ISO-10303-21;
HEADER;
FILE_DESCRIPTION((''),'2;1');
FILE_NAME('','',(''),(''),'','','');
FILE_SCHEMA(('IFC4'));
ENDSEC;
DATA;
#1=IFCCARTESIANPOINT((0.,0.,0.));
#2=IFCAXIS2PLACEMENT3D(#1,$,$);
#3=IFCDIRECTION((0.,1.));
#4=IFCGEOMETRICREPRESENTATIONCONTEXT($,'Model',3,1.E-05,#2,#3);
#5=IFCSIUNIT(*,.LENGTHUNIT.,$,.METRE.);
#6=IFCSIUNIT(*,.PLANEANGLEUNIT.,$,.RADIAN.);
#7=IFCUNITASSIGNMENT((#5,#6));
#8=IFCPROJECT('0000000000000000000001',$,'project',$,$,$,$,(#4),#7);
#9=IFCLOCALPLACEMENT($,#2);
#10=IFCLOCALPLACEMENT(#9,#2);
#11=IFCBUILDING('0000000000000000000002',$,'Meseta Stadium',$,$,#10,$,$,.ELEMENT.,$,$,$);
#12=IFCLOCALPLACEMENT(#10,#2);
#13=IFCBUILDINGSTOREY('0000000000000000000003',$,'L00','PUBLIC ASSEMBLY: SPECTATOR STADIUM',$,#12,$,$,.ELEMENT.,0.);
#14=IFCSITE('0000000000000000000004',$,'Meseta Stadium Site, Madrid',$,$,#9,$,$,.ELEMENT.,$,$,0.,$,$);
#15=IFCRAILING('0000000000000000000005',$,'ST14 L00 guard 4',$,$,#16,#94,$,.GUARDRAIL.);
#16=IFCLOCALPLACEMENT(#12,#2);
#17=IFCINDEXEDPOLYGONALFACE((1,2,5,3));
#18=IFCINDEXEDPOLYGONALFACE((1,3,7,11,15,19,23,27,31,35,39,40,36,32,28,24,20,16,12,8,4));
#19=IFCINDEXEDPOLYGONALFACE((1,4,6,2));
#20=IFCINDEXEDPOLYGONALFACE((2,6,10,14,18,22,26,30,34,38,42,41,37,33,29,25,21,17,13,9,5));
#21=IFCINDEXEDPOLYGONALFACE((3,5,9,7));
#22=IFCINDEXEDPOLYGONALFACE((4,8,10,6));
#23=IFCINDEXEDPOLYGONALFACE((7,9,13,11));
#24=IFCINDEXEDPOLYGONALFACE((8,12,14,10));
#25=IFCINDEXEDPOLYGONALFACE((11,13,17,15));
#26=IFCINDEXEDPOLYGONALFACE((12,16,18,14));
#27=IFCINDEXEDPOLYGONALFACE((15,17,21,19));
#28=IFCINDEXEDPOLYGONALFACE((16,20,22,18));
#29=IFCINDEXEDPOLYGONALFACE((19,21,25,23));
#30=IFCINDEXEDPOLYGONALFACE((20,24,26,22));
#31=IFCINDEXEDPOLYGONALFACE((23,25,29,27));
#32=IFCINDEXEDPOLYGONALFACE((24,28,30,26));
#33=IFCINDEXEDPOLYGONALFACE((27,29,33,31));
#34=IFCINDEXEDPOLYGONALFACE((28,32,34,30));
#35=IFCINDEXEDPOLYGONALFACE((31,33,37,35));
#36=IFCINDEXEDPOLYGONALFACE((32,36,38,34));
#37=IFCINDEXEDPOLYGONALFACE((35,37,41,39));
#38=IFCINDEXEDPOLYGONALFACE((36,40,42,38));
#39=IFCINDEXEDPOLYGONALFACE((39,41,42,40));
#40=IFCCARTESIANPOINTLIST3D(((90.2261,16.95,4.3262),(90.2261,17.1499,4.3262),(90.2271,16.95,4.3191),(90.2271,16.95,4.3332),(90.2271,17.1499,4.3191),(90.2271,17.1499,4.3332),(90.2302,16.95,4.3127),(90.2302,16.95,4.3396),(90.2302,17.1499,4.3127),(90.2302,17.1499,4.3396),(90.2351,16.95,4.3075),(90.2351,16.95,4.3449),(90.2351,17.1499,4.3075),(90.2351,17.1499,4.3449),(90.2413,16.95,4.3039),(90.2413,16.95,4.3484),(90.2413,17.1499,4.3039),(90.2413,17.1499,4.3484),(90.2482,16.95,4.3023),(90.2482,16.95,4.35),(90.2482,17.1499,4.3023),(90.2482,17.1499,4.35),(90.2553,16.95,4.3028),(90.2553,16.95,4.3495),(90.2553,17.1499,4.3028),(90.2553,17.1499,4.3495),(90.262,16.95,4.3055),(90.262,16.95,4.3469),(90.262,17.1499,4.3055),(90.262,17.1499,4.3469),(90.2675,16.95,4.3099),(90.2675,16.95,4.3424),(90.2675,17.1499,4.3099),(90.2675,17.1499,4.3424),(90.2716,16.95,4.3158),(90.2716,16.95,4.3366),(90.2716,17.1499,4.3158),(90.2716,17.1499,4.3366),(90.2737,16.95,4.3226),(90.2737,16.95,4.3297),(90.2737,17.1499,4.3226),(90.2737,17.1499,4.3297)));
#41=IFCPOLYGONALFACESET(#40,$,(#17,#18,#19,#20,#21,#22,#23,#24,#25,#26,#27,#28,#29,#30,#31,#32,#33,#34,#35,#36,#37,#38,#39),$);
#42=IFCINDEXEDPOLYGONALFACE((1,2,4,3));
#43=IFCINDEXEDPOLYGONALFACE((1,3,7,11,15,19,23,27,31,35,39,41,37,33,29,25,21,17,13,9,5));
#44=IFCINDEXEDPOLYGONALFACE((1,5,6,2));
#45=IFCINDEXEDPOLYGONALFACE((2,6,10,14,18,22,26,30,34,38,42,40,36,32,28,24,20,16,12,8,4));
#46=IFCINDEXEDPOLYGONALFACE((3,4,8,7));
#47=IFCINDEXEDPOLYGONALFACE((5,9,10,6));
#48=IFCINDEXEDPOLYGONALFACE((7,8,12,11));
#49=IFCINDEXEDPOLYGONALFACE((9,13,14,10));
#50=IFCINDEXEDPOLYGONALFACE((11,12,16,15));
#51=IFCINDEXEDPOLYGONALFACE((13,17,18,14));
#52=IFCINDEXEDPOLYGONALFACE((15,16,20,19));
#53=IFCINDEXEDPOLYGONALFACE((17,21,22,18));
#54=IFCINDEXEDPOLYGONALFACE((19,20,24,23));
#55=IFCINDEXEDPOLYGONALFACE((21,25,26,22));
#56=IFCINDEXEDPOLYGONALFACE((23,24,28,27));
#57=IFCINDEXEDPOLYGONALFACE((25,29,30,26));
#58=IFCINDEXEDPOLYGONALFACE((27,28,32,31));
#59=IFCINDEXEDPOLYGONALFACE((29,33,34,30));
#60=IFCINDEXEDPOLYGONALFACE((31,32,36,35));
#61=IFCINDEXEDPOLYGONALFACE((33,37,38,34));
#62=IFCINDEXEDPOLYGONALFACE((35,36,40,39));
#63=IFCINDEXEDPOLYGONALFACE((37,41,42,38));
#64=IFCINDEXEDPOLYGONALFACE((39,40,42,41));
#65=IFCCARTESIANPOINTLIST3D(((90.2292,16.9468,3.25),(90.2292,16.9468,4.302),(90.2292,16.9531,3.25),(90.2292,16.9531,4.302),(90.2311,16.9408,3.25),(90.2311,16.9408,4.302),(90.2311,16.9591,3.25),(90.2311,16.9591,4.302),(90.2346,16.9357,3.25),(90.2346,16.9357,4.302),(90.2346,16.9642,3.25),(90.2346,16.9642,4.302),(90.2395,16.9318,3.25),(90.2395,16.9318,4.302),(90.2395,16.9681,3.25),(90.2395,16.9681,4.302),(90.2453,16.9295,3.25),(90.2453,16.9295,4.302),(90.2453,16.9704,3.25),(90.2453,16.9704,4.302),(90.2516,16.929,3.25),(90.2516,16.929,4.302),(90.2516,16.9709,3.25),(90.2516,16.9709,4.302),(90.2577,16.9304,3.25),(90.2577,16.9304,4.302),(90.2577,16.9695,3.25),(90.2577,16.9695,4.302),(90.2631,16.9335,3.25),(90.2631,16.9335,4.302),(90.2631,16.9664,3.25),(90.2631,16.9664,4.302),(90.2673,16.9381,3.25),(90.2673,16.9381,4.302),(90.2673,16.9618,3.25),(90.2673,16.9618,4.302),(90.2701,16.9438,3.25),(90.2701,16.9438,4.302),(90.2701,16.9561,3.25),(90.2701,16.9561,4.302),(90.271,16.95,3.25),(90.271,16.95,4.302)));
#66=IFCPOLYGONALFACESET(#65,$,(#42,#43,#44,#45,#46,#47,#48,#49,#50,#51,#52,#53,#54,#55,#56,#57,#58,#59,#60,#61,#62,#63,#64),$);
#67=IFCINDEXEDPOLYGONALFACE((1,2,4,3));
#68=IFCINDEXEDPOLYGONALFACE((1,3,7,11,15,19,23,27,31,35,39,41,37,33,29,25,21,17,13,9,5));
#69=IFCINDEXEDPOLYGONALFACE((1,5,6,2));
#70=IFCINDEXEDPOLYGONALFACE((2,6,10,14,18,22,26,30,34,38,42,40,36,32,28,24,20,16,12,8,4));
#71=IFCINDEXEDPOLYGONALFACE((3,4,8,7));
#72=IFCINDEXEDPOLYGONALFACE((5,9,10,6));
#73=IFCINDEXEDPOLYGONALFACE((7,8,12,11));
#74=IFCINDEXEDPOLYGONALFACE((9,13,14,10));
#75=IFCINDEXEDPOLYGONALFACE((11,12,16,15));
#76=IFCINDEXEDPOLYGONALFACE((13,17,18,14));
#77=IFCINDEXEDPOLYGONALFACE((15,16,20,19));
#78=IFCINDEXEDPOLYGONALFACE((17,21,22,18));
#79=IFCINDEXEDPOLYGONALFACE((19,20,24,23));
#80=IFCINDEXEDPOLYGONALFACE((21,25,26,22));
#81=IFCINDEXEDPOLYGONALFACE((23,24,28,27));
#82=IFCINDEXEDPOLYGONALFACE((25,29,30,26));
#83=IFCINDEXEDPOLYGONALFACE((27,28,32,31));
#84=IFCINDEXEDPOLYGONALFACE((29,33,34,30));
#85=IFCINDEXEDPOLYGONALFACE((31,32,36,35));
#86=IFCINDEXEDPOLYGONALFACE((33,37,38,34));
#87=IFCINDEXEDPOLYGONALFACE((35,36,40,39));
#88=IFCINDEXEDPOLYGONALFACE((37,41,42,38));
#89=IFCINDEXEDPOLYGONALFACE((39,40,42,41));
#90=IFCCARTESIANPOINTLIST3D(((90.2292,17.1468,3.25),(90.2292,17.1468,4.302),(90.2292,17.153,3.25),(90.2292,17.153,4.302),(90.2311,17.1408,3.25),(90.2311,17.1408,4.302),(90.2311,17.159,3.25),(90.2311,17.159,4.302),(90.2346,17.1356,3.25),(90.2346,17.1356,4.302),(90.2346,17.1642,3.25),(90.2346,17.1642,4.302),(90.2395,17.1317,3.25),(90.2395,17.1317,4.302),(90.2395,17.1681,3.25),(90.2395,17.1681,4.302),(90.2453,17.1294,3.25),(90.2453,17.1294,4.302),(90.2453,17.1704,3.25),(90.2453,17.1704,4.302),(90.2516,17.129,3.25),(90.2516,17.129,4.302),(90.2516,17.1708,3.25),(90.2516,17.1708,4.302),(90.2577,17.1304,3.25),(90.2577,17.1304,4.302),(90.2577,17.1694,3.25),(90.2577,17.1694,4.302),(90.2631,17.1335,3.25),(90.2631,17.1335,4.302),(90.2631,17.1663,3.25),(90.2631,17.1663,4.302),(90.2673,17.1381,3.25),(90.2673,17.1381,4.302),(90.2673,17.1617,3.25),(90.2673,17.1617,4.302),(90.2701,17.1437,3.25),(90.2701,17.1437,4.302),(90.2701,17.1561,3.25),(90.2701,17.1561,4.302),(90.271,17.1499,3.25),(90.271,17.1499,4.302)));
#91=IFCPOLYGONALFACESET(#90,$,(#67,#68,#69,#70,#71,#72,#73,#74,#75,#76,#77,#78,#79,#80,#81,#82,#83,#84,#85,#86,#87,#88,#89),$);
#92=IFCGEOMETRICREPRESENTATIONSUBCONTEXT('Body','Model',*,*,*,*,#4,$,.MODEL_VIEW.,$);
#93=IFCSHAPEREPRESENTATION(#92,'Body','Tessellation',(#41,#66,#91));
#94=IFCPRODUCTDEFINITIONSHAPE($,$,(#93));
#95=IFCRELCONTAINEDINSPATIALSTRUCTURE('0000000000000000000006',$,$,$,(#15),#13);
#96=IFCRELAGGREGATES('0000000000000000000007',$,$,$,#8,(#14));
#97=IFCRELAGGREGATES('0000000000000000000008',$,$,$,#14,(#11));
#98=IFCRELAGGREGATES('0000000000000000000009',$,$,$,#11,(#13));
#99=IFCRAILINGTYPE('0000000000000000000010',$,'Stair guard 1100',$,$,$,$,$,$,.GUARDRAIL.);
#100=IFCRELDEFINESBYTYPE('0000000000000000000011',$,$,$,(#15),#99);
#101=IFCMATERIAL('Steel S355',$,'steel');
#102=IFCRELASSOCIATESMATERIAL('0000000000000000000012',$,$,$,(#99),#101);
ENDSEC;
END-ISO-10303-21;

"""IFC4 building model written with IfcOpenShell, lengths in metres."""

from ifc_helpers import new_model, si_unit, direction, frame, origin, origin_2d, place, context, subcontext, project, spatial, circle, extrude, material, type_object, element, save


model = new_model("IFC4")

# Units and contexts
model_context = context("Model", 3, precision=1e-05, world=origin(), true_north=direction((0.0, 1.0)))
body_context = subcontext(model_context, "Body", "Model", "MODEL_VIEW")
ifc_project = project(units=[si_unit("LENGTHUNIT", "METRE"), si_unit("PLANEANGLEUNIT", "RADIAN")], contexts=[model_context])

# Site, building, storey
site_placement = place(None, origin())
site = spatial("IfcSite", under=ifc_project, at=site_placement, Name="Meseta Stadium Site, Madrid", CompositionType="ELEMENT", RefElevation=0.0)
building_placement = place(site_placement, origin())
building = spatial("IfcBuilding", under=site, at=building_placement, Name="Meseta Stadium", CompositionType="ELEMENT")
storey_placement = place(building_placement, origin())
storey = spatial("IfcBuildingStorey", under=building, at=storey_placement, Name="L00", Description="PUBLIC ASSEMBLY: SPECTATOR STADIUM", CompositionType="ELEMENT", Elevation=0.0)

# Railing
ifc_material_1 = material(Name="Steel S355", Category="steel")
railing_type_1 = type_object("IfcRailingType", Name="Stair guard 1100", PredefinedType="GUARDRAIL", material=ifc_material_1)
railing_1_placement = place(storey_placement, frame((90.25, 16.95, 3.25)))
element("IfcRailing", 1, at=railing_1_placement, inside=storey, type_object=railing_type_1, Name="ST14 L00 guard 4", PredefinedType="GUARDRAIL", context=body_context, shape_type="SweptSolid", body=[
    extrude(circle(Radius=0.0239, at=origin_2d()), frame((0.0, 0.0, 1.0762), z_axis=(0.0, 1.0, 0.0), x_axis=(-1.0, 0.0, 0.0)), (0.0, 0.0, 1.0), 0.2),
    extrude(circle(Radius=0.021, at=origin_2d()), origin(), (0.0, 0.0, 1.0), 1.052),
    extrude(circle(Radius=0.021, at=origin_2d()), frame((0.0, 0.2, 0.0)), (0.0, 0.0, 1.0), 1.052),
])

save(model, "model.ifc")
